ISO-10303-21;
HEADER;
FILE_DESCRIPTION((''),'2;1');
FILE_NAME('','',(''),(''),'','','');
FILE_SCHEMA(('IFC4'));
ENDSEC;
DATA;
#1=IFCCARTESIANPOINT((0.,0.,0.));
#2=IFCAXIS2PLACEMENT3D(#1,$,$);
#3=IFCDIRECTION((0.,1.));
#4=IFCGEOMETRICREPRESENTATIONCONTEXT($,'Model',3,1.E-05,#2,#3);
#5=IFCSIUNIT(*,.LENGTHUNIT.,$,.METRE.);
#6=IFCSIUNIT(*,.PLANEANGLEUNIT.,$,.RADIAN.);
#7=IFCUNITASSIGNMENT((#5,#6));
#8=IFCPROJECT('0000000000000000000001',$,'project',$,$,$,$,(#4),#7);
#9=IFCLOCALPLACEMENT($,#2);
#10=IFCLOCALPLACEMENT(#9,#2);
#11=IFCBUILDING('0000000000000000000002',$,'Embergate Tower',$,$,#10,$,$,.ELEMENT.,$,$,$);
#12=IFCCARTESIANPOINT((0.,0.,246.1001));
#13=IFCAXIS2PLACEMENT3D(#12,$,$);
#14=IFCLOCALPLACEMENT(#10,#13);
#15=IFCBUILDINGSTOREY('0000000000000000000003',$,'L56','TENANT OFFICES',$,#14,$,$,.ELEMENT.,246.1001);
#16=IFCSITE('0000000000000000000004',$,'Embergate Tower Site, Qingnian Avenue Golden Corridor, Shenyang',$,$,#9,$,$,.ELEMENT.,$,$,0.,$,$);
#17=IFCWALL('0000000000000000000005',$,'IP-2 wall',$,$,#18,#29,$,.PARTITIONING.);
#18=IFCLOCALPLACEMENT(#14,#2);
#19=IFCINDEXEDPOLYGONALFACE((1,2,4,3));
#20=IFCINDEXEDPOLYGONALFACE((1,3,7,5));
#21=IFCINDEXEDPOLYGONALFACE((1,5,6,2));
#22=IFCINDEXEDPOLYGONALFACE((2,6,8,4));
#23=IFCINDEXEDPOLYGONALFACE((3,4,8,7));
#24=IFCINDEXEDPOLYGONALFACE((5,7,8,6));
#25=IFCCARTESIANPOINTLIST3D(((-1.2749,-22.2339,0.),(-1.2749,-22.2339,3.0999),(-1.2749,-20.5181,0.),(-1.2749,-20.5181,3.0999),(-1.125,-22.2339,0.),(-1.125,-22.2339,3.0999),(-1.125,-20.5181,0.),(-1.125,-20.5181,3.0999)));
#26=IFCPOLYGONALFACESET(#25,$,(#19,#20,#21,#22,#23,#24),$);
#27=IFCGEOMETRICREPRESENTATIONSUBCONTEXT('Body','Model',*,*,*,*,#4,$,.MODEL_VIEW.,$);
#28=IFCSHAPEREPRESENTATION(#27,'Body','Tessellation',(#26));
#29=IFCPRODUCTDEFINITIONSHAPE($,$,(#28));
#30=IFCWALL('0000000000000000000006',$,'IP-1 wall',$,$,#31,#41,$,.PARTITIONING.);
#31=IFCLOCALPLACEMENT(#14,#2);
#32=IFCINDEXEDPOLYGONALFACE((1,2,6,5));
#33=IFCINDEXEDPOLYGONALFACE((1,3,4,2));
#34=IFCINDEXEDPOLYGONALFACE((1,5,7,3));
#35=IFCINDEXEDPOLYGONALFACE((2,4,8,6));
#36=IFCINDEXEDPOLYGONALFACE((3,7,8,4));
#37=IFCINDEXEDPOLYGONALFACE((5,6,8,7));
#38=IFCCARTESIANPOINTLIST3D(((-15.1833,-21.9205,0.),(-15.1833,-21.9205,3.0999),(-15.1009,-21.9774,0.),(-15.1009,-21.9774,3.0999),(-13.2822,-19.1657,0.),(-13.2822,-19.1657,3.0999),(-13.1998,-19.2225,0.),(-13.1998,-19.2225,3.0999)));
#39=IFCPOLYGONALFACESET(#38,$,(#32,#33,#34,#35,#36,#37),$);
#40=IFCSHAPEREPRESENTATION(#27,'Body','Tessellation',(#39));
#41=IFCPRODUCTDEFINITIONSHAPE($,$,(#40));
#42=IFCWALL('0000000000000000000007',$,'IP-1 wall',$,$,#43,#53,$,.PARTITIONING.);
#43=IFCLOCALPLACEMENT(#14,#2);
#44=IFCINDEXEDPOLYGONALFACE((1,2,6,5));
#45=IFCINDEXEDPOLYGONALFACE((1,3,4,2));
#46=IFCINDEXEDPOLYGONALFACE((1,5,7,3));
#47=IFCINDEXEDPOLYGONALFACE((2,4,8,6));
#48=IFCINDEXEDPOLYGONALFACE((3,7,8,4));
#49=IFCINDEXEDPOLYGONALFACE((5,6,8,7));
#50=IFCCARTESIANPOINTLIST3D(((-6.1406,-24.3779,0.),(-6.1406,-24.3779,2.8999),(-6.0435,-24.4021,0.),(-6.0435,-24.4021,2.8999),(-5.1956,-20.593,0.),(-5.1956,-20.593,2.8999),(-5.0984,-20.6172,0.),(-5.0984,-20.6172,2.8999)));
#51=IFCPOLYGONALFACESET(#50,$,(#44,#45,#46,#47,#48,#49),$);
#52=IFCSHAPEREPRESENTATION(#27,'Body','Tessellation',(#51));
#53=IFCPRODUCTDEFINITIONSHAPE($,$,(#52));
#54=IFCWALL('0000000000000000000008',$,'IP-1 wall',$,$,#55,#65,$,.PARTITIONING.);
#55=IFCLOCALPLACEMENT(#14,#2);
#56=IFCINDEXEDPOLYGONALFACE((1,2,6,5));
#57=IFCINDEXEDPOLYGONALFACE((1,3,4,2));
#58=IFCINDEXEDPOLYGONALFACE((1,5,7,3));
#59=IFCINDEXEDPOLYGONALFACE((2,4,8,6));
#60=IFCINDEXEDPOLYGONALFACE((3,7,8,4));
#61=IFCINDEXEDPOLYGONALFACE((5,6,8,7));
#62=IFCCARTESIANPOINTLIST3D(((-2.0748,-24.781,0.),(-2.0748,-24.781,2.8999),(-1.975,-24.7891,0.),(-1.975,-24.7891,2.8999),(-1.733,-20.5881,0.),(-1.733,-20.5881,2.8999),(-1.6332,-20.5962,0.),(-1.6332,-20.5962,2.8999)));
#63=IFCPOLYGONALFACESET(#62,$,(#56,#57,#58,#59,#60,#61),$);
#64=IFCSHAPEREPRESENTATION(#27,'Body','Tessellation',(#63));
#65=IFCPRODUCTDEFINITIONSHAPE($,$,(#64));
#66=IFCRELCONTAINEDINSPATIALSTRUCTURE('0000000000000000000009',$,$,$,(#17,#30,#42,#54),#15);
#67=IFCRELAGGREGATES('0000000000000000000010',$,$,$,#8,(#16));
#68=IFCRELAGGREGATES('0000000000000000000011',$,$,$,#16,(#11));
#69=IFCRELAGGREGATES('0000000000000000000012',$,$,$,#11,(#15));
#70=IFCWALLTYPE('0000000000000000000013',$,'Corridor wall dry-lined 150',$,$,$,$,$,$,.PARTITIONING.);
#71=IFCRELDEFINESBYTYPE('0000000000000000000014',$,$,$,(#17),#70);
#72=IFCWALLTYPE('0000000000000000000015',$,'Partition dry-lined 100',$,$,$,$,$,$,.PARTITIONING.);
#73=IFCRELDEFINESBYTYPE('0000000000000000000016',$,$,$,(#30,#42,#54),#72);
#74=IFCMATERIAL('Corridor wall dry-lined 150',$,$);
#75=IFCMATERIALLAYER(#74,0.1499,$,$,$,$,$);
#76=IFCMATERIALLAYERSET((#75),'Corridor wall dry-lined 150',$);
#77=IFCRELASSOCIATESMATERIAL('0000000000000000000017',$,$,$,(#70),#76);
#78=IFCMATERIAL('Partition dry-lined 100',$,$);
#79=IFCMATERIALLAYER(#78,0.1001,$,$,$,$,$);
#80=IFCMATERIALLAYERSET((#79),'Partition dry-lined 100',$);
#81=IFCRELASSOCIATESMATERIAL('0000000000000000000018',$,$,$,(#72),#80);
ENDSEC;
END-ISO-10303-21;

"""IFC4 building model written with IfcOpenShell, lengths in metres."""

from ifc_helpers import new_model, si_unit, direction, frame, frame_2d, origin, place, context, subcontext, project, spatial, rectangle, extrude, source, transform, mapped, material, layer, layer_set, type_object, element, save


model = new_model("IFC4")

# Units and contexts
model_context = context("Model", 3, precision=1e-05, world=origin(), true_north=direction((0.0, 1.0)))
body_context = subcontext(model_context, "Body", "Model", "MODEL_VIEW")
ifc_project = project(units=[si_unit("LENGTHUNIT", "METRE"), si_unit("PLANEANGLEUNIT", "RADIAN")], contexts=[model_context])

# Site, building, storey
site_placement = place(None, origin())
site = spatial("IfcSite", under=ifc_project, at=site_placement, Name="Embergate Tower Site, Qingnian Avenue Golden Corridor, Shenyang", CompositionType="ELEMENT", RefElevation=0.0)
building_placement = place(site_placement, origin())
building = spatial("IfcBuilding", under=site, at=building_placement, Name="Embergate Tower", CompositionType="ELEMENT")
storey_placement = place(building_placement, frame((0.0, 0.0, 246.1001)))
storey = spatial("IfcBuildingStorey", under=building, at=storey_placement, Name="L56", Description="TENANT OFFICES", CompositionType="ELEMENT", Elevation=246.1001)

# Shared definitions
ifc_material_1 = material(Name="Corridor wall dry-lined 150")
ifc_layer_1 = layer(ifc_material_1, 0.1499)
ifc_layer_set_1 = layer_set([ifc_layer_1], Name="Corridor wall dry-lined 150")
wall_type_1 = type_object("IfcWallType", Name="Corridor wall dry-lined 150", PredefinedType="PARTITIONING", material=ifc_layer_set_1)

# Walls
shared_shape_1 = source(origin(), body_context, "Body", "SweptSolid", [
    extrude(rectangle(XDim=1.7158, YDim=0.1499, at=frame_2d((0.8579, 0.0))), origin(), (0.0, 0.0, 1.0), 3.0999),
])
wall_1_placement = place(storey_placement, frame((-1.2, -22.2339, 0.0), z_axis=(0.0, 0.0, 1.0), x_axis=(0.0, 1.0, 0.0)))
element("IfcWall", 1, at=wall_1_placement, inside=storey, type_object=wall_type_1, Name="IP-2 wall", PredefinedType="PARTITIONING", context=body_context, shape_type="MappedRepresentation", body=[
    mapped(shared_shape_1, transform((0.0, 0.0, 0.0))),
])
ifc_material_2 = material(Name="Partition dry-lined 100")
ifc_layer_2 = layer(ifc_material_2, 0.1001)
ifc_layer_set_2 = layer_set([ifc_layer_2], Name="Partition dry-lined 100")
wall_type_2 = type_object("IfcWallType", Name="Partition dry-lined 100", PredefinedType="PARTITIONING", material=ifc_layer_set_2)
shared_shape_2 = source(origin(), body_context, "Body", "SweptSolid", [
    extrude(rectangle(XDim=3.3472, YDim=0.1001, at=frame_2d((1.6736, 0.0))), origin(), (0.0, 0.0, 1.0), 3.0999),
])
wall_2_placement = place(storey_placement, frame((-13.241, -19.1941, 0.0), z_axis=(0.0, 0.0, 1.0), x_axis=(-0.567977, -0.823045, 0.0)))
element("IfcWall", 2, at=wall_2_placement, inside=storey, type_object=wall_type_2, Name="IP-1 wall", PredefinedType="PARTITIONING", context=body_context, shape_type="MappedRepresentation", body=[
    mapped(shared_shape_2, transform((0.0, 0.0, 0.0))),
])
shared_shape_3 = source(origin(), body_context, "Body", "SweptSolid", [
    extrude(rectangle(XDim=3.9011, YDim=0.1001, at=frame_2d((1.9507, 0.0))), origin(), (0.0, 0.0, 1.0), 2.8999),
])
wall_3_placement = place(storey_placement, frame((-5.147, -20.605, 0.0), z_axis=(0.0, 0.0, 1.0), x_axis=(-0.242256, -0.970212, 0.0)))
element("IfcWall", 3, at=wall_3_placement, inside=storey, type_object=wall_type_2, Name="IP-1 wall", PredefinedType="PARTITIONING", context=body_context, shape_type="MappedRepresentation", body=[
    mapped(shared_shape_3, transform((0.0, 0.0, 0.0))),
])
shared_shape_4 = source(origin(), body_context, "Body", "SweptSolid", [
    extrude(rectangle(XDim=4.2068, YDim=0.1001, at=frame_2d((2.1035, 0.0))), origin(), (0.0, 0.0, 1.0), 2.8999),
])
wall_4_placement = place(storey_placement, frame((-1.6831, -20.592, 0.0), z_axis=(0.0, 0.0, 1.0), x_axis=(-0.081249, -0.996694, 0.0)))
element("IfcWall", 4, at=wall_4_placement, inside=storey, type_object=wall_type_2, Name="IP-1 wall", PredefinedType="PARTITIONING", context=body_context, shape_type="MappedRepresentation", body=[
    mapped(shared_shape_4, transform((0.0, 0.0, 0.0))),
])

save(model, "model.ifc")
